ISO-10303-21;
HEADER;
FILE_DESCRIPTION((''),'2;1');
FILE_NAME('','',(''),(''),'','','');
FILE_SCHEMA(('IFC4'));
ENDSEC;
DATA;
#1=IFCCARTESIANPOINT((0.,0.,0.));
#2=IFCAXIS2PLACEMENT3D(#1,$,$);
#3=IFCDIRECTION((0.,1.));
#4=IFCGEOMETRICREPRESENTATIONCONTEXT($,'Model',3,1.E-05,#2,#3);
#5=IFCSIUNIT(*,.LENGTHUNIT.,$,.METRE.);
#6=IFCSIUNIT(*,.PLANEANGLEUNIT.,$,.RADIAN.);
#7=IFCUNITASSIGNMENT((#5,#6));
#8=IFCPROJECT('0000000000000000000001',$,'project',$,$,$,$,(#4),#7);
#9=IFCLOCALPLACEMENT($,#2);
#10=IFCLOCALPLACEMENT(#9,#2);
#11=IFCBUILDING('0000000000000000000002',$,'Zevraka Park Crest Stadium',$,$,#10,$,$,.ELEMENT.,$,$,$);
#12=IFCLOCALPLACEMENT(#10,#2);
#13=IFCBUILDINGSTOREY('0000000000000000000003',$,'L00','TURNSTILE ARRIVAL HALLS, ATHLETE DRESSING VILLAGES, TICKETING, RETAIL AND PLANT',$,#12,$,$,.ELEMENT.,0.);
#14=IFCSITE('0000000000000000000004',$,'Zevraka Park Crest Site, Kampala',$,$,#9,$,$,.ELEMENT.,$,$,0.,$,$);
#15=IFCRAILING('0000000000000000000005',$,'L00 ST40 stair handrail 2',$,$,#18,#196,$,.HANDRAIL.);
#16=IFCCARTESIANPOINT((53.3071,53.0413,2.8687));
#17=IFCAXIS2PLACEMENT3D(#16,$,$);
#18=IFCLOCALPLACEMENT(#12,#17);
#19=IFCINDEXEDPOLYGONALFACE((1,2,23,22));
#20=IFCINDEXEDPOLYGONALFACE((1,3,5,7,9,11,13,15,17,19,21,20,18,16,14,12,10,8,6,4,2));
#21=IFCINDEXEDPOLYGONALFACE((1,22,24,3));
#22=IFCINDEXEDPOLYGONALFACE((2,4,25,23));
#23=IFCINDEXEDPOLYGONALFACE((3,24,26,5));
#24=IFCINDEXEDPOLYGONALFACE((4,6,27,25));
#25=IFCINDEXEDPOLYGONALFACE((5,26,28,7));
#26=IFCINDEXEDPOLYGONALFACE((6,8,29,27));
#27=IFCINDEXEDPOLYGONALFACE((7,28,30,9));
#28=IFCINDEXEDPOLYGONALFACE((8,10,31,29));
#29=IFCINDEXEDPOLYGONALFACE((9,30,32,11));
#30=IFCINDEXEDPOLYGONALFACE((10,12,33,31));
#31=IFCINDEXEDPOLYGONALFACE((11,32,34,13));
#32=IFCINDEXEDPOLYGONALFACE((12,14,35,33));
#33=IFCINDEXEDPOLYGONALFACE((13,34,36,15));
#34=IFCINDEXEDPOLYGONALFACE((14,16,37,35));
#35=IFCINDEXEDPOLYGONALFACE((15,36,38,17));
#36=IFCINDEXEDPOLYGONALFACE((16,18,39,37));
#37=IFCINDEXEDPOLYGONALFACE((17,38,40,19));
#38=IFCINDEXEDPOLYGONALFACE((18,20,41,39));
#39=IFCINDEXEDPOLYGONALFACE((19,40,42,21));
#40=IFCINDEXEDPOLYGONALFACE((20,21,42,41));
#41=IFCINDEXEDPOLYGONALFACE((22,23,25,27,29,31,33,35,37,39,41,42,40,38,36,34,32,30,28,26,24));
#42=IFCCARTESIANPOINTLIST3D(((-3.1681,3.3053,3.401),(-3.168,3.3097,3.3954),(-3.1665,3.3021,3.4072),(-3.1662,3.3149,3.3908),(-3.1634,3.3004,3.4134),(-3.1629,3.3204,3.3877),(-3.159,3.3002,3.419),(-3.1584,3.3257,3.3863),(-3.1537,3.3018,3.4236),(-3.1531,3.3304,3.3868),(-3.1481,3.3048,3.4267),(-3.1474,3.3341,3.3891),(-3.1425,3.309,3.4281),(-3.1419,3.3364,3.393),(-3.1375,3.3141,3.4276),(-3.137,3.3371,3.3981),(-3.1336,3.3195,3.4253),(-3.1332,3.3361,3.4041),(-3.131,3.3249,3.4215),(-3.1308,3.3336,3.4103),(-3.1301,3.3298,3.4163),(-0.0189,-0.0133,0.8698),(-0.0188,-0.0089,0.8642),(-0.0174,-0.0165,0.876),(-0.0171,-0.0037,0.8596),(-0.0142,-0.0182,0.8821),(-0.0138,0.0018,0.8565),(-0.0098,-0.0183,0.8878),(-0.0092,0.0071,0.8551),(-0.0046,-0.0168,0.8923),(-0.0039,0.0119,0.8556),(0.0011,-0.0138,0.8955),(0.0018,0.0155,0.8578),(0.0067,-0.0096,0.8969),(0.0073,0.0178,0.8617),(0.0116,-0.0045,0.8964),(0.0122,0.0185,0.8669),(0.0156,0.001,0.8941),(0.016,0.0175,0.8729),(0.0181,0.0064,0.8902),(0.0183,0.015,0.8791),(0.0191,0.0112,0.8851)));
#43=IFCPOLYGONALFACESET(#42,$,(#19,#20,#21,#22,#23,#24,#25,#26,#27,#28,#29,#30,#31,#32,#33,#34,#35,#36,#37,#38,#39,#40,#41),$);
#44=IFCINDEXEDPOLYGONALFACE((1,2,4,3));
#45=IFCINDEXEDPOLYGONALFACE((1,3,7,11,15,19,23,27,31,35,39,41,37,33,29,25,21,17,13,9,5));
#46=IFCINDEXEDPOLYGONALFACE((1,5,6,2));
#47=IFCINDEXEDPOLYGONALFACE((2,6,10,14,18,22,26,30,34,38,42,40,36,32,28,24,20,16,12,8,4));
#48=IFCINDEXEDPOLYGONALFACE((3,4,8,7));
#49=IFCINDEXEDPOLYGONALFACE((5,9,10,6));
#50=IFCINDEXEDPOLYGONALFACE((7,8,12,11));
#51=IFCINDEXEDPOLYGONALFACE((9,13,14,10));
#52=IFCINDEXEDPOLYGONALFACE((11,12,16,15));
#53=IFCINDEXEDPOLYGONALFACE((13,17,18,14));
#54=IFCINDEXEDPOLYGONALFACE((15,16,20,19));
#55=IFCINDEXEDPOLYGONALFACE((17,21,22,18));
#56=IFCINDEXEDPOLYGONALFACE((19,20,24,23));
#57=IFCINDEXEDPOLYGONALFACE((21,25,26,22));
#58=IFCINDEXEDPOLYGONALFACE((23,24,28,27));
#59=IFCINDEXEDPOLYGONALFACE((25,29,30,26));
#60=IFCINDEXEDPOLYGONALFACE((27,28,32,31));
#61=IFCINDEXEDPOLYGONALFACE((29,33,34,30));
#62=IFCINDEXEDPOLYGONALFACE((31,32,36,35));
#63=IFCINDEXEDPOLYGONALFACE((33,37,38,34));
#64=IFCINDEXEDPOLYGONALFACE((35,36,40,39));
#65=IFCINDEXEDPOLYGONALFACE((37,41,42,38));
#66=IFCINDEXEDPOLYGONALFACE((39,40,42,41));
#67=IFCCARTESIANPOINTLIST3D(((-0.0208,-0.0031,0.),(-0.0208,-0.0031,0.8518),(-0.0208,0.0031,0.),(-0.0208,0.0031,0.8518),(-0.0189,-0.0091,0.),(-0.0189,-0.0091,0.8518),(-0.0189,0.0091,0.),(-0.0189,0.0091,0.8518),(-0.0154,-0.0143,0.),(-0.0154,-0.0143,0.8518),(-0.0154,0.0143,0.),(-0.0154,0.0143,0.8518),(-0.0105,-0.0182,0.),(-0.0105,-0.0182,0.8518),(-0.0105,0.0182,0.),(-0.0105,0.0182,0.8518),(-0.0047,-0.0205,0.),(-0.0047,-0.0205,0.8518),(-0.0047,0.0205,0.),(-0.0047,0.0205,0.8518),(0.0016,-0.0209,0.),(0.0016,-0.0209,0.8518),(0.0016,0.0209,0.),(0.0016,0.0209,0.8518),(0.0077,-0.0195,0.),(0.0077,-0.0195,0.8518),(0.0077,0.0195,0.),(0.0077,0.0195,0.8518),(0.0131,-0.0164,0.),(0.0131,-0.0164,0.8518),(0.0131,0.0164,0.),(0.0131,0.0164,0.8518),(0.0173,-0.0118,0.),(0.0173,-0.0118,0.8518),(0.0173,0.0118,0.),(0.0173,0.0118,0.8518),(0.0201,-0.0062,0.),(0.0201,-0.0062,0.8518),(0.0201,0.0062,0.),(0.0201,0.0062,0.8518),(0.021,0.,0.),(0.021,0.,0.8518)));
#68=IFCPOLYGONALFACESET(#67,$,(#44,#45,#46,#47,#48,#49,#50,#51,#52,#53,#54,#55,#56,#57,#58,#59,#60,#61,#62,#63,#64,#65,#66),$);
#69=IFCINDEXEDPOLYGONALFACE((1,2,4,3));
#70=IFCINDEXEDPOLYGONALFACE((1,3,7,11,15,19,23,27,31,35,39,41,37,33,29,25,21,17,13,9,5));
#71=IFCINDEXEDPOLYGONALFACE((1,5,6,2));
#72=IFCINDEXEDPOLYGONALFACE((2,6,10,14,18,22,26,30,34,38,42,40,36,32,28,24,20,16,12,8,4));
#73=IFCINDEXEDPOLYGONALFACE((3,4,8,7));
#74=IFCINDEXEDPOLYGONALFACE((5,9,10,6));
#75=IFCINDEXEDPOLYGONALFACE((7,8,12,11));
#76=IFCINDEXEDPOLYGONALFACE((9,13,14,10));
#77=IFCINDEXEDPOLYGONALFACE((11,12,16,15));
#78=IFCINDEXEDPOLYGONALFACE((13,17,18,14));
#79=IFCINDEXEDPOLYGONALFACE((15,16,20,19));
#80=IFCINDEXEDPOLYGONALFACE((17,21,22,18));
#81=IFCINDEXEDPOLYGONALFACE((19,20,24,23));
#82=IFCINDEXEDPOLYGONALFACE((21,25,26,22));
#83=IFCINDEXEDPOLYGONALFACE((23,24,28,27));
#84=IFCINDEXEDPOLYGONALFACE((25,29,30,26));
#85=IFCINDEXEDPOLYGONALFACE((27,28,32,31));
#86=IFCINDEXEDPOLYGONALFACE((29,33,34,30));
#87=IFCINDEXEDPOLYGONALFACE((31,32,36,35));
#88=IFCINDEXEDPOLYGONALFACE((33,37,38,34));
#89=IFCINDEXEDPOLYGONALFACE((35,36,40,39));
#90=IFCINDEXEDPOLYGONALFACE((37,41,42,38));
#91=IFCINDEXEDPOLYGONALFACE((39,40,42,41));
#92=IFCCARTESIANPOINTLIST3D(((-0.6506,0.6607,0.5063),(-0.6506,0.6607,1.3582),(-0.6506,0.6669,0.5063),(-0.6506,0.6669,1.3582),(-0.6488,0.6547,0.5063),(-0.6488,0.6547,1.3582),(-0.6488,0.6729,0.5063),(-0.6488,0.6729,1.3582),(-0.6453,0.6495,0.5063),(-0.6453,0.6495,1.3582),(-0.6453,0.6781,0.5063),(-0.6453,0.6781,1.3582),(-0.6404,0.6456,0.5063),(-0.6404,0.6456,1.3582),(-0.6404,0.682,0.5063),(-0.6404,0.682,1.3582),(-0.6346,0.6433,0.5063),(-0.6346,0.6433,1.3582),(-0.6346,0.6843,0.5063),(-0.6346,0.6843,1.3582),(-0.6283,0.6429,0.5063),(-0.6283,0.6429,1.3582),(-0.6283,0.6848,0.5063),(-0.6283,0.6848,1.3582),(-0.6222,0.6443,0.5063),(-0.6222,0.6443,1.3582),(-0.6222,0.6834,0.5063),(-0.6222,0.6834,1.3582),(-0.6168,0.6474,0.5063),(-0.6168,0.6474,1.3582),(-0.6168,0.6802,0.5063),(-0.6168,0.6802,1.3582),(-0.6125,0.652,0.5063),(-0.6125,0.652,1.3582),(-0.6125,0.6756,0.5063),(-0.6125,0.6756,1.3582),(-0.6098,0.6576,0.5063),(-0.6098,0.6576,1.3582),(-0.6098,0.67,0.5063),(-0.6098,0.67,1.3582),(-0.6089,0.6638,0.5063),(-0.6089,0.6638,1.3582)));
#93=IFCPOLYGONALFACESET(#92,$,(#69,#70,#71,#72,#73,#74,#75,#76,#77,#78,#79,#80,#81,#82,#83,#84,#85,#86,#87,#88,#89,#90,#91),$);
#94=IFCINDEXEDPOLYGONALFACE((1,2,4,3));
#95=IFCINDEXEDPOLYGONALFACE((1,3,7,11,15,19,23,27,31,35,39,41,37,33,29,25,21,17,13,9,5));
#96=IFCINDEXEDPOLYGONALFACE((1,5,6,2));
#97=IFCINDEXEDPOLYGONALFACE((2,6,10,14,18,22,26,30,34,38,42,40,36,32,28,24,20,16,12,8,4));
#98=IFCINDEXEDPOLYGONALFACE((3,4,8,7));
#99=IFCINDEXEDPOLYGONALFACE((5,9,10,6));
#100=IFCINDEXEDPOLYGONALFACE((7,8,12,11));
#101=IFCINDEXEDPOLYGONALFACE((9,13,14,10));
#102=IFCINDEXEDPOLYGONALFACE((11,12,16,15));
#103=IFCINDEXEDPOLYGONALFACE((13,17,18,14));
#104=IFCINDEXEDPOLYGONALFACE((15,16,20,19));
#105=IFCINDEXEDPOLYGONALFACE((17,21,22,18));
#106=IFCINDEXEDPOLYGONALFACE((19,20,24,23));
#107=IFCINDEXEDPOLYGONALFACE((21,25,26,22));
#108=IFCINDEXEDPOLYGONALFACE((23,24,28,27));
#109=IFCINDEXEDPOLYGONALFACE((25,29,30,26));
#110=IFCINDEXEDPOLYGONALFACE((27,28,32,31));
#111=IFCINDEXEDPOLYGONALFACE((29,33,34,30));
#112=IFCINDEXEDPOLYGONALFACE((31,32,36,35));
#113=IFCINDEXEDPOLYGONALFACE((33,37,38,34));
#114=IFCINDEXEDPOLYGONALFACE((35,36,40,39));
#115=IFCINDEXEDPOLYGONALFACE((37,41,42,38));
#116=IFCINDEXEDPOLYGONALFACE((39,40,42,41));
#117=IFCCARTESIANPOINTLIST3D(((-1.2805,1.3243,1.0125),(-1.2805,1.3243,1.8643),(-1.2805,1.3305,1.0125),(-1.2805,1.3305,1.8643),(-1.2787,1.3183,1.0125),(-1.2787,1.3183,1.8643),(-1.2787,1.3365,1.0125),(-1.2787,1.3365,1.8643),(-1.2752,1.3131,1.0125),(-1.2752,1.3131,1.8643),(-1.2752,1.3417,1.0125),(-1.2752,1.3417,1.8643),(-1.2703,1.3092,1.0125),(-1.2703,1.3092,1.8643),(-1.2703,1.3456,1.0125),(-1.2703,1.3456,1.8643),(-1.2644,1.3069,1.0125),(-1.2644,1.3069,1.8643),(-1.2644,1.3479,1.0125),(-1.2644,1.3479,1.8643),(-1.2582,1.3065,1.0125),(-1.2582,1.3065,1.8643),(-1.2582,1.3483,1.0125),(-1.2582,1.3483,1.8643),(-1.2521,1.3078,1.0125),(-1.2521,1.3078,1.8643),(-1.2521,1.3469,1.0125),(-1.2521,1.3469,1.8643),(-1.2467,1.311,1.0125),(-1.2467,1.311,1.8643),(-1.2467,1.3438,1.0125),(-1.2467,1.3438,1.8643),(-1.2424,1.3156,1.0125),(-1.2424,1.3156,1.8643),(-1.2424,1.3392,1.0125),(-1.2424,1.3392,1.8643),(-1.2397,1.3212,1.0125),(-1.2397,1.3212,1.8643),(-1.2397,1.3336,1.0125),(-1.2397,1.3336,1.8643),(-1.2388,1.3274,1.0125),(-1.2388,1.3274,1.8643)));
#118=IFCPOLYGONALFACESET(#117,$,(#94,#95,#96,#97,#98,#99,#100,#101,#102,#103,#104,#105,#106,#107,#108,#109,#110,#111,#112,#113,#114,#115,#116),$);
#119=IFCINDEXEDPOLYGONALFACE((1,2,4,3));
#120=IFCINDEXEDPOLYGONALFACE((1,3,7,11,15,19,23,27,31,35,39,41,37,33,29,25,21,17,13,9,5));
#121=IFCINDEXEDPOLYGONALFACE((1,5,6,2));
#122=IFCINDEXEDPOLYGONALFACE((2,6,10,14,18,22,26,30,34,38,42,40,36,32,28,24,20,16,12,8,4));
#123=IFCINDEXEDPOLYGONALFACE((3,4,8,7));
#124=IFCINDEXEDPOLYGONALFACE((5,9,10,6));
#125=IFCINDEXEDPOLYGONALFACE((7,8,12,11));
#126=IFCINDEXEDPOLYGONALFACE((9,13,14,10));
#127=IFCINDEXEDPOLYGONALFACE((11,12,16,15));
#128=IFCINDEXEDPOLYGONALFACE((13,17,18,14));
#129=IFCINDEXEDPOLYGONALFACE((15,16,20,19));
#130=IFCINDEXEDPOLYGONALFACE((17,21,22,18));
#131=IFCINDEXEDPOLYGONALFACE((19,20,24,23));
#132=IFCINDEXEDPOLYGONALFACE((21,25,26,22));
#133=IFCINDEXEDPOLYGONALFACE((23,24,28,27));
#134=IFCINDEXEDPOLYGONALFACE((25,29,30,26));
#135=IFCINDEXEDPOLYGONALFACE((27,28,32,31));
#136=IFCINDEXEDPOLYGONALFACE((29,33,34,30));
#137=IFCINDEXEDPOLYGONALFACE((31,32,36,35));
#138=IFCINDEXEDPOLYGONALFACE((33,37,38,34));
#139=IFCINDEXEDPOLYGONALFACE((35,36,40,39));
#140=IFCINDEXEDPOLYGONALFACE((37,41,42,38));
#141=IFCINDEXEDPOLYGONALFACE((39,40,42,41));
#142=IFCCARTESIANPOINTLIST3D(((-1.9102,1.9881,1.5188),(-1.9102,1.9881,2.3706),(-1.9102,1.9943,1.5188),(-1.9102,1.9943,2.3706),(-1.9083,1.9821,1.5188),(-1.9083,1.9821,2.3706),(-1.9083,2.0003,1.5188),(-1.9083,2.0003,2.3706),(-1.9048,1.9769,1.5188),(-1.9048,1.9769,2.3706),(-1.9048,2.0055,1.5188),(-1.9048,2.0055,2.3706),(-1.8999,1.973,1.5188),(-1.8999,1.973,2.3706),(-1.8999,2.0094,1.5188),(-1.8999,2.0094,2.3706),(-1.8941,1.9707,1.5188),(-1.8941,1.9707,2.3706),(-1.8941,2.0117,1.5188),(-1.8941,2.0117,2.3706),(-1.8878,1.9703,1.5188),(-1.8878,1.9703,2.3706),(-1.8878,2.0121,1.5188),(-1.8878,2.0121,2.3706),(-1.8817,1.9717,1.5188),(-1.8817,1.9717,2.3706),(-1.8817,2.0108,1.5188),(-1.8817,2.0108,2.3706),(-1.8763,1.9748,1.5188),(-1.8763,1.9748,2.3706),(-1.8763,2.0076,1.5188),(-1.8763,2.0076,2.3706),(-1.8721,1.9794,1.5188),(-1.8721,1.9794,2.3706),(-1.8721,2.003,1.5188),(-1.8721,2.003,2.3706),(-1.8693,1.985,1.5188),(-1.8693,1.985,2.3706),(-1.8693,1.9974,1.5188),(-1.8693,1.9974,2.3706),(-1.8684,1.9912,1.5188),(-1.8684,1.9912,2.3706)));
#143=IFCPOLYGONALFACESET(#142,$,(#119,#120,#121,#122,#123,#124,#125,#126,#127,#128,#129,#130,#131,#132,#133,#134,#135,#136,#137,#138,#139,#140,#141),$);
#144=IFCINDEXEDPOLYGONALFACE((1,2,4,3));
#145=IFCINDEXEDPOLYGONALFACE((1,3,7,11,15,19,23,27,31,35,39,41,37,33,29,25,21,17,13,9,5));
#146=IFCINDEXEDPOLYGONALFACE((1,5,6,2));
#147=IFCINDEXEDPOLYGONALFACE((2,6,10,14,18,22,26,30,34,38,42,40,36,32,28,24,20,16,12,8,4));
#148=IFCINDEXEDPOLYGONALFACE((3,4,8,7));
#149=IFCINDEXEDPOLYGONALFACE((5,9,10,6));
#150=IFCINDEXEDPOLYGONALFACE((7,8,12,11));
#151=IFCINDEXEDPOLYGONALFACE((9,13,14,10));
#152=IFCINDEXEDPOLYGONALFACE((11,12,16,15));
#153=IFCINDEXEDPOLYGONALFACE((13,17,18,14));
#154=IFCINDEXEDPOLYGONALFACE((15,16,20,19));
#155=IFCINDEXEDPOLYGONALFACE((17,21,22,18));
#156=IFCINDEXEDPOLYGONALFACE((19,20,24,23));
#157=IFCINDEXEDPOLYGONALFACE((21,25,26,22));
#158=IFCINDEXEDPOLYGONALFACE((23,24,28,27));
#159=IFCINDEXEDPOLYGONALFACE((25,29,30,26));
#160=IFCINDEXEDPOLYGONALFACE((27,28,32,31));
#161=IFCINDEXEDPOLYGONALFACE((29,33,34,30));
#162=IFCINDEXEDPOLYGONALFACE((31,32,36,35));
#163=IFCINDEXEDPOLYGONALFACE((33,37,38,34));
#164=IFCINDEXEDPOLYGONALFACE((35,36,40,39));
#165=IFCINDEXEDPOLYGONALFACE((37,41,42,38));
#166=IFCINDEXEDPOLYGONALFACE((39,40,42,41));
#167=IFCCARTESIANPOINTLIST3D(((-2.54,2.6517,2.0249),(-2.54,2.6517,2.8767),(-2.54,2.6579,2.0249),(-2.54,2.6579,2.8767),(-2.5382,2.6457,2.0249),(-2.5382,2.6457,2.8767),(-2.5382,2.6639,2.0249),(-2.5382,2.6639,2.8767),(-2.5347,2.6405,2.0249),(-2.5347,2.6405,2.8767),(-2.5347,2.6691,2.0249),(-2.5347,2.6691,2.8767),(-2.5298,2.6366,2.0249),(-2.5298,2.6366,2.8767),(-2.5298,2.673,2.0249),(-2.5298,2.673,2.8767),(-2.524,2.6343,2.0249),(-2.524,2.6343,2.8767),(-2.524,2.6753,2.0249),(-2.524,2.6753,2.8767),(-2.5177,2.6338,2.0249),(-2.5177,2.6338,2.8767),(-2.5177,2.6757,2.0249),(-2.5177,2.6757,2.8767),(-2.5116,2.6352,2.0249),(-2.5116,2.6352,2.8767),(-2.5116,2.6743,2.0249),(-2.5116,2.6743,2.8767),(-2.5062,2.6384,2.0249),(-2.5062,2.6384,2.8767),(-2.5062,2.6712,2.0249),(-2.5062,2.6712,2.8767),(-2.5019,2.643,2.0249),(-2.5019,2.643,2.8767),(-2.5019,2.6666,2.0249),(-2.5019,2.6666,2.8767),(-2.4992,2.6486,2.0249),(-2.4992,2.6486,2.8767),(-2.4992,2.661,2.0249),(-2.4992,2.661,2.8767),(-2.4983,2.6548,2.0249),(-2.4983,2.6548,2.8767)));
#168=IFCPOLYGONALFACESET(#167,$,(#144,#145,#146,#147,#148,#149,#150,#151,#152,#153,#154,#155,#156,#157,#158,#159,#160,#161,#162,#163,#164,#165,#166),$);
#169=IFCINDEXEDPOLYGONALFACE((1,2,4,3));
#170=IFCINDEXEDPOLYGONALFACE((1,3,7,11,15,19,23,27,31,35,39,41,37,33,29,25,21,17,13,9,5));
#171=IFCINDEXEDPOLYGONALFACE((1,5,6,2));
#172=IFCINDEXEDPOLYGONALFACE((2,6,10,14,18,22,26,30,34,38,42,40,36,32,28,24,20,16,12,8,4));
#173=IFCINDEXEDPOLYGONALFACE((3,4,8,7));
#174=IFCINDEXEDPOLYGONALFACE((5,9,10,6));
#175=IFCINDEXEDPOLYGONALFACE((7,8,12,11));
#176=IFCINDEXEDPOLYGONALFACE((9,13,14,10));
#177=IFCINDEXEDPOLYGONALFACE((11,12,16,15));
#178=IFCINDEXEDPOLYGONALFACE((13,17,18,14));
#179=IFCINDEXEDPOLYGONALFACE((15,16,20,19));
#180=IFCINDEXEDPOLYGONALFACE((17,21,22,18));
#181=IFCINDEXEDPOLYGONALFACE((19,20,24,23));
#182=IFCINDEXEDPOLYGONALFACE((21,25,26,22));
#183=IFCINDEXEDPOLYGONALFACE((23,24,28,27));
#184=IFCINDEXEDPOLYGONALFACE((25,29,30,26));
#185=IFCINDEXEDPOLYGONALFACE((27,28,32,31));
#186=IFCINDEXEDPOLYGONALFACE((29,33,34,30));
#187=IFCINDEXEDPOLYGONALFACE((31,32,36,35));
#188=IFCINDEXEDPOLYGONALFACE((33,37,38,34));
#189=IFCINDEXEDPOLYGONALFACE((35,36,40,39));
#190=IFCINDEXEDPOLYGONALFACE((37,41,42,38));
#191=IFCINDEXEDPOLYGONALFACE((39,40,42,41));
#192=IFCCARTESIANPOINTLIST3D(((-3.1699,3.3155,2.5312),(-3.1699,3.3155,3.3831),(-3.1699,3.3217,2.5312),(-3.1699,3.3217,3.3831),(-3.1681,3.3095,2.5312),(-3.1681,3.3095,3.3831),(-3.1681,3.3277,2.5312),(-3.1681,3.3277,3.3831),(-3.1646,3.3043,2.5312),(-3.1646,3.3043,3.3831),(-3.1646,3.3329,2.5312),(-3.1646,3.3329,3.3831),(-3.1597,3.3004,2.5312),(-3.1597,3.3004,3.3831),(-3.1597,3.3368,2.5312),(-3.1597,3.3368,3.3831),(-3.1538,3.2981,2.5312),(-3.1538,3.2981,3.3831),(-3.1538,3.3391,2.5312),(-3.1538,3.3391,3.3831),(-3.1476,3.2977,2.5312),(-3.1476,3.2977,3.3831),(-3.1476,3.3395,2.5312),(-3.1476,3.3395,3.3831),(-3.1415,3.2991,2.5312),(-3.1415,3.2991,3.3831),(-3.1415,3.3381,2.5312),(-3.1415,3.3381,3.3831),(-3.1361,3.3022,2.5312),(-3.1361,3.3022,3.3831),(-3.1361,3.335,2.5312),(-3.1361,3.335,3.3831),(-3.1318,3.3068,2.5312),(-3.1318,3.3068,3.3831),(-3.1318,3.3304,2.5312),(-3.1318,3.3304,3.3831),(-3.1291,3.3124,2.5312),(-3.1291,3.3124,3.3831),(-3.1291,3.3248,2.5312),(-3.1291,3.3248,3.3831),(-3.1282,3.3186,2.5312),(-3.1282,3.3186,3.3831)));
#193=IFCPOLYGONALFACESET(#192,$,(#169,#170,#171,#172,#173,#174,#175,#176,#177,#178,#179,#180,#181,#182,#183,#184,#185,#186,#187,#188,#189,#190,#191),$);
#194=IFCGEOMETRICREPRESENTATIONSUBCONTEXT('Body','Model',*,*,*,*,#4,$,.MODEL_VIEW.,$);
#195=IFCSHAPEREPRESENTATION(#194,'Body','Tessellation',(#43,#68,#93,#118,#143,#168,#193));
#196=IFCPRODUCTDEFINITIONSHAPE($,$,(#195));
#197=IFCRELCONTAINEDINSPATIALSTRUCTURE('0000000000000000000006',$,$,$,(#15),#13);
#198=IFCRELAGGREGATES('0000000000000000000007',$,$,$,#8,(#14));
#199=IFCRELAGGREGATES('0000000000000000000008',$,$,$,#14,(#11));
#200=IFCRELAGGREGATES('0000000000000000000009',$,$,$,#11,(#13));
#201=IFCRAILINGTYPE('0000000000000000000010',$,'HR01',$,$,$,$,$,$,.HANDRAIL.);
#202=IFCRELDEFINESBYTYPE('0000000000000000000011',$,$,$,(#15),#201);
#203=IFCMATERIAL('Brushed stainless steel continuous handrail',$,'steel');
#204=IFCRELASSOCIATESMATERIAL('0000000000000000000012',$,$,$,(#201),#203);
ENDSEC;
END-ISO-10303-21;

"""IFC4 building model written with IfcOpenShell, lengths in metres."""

from ifc_helpers import new_model, si_unit, direction, frame, origin, origin_2d, place, context, subcontext, project, spatial, circle, extrude, material, type_object, element, save


model = new_model("IFC4")

# Units and contexts
model_context = context("Model", 3, precision=1e-05, world=origin(), true_north=direction((0.0, 1.0)))
body_context = subcontext(model_context, "Body", "Model", "MODEL_VIEW")
ifc_project = project(units=[si_unit("LENGTHUNIT", "METRE"), si_unit("PLANEANGLEUNIT", "RADIAN")], contexts=[model_context])

# Site, building, storey
site_placement = place(None, origin())
site = spatial("IfcSite", under=ifc_project, at=site_placement, Name="Zevraka Park Crest Site, Kampala", CompositionType="ELEMENT", RefElevation=0.0)
building_placement = place(site_placement, origin())
building = spatial("IfcBuilding", under=site, at=building_placement, Name="Zevraka Park Crest Stadium", CompositionType="ELEMENT")
storey_placement = place(building_placement, origin())
storey = spatial("IfcBuildingStorey", under=building, at=storey_placement, Name="L00", Description="TURNSTILE ARRIVAL HALLS, ATHLETE DRESSING VILLAGES, TICKETING, RETAIL AND PLANT", CompositionType="ELEMENT", Elevation=0.0)

# Railing
ifc_material_1 = material(Name="Brushed stainless steel continuous handrail", Category="steel")
railing_type_1 = type_object("IfcRailingType", Name="HR01", PredefinedType="HANDRAIL", material=ifc_material_1)
railing_1_placement = place(storey_placement, frame((53.3071, 53.0413, 2.8687)))
element("IfcRailing", 1, at=railing_1_placement, inside=storey, type_object=railing_type_1, Name="L00 ST40 stair handrail 2", PredefinedType="HANDRAIL", context=body_context, shape_type="SweptSolid", body=[
    extrude(circle(Radius=0.0239, at=origin_2d()), frame((0.0, 0.0, 0.876), z_axis=(-0.602304, 0.634709, 0.484122), x_axis=(-0.725382, -0.688347, 0.0)), (0.0, 0.0, 1.0), 5.2285),
    extrude(circle(Radius=0.021, at=origin_2d()), origin(), (0.0, 0.0, 1.0), 0.8518),
    extrude(circle(Radius=0.021, at=origin_2d()), frame((-0.6299, 0.6638, 0.5063)), (0.0, 0.0, 1.0), 0.8518),
    extrude(circle(Radius=0.021, at=origin_2d()), frame((-1.2598, 1.3274, 1.0125)), (0.0, 0.0, 1.0), 0.8518),
    extrude(circle(Radius=0.021, at=origin_2d()), frame((-1.8894, 1.9912, 1.5188)), (0.0, 0.0, 1.0), 0.8518),
    extrude(circle(Radius=0.021, at=origin_2d()), frame((-2.5193, 2.6548, 2.0249)), (0.0, 0.0, 1.0), 0.8518),
    extrude(circle(Radius=0.021, at=origin_2d()), frame((-3.1492, 3.3186, 2.5312)), (0.0, 0.0, 1.0), 0.8518),
])

save(model, "model.ifc")
